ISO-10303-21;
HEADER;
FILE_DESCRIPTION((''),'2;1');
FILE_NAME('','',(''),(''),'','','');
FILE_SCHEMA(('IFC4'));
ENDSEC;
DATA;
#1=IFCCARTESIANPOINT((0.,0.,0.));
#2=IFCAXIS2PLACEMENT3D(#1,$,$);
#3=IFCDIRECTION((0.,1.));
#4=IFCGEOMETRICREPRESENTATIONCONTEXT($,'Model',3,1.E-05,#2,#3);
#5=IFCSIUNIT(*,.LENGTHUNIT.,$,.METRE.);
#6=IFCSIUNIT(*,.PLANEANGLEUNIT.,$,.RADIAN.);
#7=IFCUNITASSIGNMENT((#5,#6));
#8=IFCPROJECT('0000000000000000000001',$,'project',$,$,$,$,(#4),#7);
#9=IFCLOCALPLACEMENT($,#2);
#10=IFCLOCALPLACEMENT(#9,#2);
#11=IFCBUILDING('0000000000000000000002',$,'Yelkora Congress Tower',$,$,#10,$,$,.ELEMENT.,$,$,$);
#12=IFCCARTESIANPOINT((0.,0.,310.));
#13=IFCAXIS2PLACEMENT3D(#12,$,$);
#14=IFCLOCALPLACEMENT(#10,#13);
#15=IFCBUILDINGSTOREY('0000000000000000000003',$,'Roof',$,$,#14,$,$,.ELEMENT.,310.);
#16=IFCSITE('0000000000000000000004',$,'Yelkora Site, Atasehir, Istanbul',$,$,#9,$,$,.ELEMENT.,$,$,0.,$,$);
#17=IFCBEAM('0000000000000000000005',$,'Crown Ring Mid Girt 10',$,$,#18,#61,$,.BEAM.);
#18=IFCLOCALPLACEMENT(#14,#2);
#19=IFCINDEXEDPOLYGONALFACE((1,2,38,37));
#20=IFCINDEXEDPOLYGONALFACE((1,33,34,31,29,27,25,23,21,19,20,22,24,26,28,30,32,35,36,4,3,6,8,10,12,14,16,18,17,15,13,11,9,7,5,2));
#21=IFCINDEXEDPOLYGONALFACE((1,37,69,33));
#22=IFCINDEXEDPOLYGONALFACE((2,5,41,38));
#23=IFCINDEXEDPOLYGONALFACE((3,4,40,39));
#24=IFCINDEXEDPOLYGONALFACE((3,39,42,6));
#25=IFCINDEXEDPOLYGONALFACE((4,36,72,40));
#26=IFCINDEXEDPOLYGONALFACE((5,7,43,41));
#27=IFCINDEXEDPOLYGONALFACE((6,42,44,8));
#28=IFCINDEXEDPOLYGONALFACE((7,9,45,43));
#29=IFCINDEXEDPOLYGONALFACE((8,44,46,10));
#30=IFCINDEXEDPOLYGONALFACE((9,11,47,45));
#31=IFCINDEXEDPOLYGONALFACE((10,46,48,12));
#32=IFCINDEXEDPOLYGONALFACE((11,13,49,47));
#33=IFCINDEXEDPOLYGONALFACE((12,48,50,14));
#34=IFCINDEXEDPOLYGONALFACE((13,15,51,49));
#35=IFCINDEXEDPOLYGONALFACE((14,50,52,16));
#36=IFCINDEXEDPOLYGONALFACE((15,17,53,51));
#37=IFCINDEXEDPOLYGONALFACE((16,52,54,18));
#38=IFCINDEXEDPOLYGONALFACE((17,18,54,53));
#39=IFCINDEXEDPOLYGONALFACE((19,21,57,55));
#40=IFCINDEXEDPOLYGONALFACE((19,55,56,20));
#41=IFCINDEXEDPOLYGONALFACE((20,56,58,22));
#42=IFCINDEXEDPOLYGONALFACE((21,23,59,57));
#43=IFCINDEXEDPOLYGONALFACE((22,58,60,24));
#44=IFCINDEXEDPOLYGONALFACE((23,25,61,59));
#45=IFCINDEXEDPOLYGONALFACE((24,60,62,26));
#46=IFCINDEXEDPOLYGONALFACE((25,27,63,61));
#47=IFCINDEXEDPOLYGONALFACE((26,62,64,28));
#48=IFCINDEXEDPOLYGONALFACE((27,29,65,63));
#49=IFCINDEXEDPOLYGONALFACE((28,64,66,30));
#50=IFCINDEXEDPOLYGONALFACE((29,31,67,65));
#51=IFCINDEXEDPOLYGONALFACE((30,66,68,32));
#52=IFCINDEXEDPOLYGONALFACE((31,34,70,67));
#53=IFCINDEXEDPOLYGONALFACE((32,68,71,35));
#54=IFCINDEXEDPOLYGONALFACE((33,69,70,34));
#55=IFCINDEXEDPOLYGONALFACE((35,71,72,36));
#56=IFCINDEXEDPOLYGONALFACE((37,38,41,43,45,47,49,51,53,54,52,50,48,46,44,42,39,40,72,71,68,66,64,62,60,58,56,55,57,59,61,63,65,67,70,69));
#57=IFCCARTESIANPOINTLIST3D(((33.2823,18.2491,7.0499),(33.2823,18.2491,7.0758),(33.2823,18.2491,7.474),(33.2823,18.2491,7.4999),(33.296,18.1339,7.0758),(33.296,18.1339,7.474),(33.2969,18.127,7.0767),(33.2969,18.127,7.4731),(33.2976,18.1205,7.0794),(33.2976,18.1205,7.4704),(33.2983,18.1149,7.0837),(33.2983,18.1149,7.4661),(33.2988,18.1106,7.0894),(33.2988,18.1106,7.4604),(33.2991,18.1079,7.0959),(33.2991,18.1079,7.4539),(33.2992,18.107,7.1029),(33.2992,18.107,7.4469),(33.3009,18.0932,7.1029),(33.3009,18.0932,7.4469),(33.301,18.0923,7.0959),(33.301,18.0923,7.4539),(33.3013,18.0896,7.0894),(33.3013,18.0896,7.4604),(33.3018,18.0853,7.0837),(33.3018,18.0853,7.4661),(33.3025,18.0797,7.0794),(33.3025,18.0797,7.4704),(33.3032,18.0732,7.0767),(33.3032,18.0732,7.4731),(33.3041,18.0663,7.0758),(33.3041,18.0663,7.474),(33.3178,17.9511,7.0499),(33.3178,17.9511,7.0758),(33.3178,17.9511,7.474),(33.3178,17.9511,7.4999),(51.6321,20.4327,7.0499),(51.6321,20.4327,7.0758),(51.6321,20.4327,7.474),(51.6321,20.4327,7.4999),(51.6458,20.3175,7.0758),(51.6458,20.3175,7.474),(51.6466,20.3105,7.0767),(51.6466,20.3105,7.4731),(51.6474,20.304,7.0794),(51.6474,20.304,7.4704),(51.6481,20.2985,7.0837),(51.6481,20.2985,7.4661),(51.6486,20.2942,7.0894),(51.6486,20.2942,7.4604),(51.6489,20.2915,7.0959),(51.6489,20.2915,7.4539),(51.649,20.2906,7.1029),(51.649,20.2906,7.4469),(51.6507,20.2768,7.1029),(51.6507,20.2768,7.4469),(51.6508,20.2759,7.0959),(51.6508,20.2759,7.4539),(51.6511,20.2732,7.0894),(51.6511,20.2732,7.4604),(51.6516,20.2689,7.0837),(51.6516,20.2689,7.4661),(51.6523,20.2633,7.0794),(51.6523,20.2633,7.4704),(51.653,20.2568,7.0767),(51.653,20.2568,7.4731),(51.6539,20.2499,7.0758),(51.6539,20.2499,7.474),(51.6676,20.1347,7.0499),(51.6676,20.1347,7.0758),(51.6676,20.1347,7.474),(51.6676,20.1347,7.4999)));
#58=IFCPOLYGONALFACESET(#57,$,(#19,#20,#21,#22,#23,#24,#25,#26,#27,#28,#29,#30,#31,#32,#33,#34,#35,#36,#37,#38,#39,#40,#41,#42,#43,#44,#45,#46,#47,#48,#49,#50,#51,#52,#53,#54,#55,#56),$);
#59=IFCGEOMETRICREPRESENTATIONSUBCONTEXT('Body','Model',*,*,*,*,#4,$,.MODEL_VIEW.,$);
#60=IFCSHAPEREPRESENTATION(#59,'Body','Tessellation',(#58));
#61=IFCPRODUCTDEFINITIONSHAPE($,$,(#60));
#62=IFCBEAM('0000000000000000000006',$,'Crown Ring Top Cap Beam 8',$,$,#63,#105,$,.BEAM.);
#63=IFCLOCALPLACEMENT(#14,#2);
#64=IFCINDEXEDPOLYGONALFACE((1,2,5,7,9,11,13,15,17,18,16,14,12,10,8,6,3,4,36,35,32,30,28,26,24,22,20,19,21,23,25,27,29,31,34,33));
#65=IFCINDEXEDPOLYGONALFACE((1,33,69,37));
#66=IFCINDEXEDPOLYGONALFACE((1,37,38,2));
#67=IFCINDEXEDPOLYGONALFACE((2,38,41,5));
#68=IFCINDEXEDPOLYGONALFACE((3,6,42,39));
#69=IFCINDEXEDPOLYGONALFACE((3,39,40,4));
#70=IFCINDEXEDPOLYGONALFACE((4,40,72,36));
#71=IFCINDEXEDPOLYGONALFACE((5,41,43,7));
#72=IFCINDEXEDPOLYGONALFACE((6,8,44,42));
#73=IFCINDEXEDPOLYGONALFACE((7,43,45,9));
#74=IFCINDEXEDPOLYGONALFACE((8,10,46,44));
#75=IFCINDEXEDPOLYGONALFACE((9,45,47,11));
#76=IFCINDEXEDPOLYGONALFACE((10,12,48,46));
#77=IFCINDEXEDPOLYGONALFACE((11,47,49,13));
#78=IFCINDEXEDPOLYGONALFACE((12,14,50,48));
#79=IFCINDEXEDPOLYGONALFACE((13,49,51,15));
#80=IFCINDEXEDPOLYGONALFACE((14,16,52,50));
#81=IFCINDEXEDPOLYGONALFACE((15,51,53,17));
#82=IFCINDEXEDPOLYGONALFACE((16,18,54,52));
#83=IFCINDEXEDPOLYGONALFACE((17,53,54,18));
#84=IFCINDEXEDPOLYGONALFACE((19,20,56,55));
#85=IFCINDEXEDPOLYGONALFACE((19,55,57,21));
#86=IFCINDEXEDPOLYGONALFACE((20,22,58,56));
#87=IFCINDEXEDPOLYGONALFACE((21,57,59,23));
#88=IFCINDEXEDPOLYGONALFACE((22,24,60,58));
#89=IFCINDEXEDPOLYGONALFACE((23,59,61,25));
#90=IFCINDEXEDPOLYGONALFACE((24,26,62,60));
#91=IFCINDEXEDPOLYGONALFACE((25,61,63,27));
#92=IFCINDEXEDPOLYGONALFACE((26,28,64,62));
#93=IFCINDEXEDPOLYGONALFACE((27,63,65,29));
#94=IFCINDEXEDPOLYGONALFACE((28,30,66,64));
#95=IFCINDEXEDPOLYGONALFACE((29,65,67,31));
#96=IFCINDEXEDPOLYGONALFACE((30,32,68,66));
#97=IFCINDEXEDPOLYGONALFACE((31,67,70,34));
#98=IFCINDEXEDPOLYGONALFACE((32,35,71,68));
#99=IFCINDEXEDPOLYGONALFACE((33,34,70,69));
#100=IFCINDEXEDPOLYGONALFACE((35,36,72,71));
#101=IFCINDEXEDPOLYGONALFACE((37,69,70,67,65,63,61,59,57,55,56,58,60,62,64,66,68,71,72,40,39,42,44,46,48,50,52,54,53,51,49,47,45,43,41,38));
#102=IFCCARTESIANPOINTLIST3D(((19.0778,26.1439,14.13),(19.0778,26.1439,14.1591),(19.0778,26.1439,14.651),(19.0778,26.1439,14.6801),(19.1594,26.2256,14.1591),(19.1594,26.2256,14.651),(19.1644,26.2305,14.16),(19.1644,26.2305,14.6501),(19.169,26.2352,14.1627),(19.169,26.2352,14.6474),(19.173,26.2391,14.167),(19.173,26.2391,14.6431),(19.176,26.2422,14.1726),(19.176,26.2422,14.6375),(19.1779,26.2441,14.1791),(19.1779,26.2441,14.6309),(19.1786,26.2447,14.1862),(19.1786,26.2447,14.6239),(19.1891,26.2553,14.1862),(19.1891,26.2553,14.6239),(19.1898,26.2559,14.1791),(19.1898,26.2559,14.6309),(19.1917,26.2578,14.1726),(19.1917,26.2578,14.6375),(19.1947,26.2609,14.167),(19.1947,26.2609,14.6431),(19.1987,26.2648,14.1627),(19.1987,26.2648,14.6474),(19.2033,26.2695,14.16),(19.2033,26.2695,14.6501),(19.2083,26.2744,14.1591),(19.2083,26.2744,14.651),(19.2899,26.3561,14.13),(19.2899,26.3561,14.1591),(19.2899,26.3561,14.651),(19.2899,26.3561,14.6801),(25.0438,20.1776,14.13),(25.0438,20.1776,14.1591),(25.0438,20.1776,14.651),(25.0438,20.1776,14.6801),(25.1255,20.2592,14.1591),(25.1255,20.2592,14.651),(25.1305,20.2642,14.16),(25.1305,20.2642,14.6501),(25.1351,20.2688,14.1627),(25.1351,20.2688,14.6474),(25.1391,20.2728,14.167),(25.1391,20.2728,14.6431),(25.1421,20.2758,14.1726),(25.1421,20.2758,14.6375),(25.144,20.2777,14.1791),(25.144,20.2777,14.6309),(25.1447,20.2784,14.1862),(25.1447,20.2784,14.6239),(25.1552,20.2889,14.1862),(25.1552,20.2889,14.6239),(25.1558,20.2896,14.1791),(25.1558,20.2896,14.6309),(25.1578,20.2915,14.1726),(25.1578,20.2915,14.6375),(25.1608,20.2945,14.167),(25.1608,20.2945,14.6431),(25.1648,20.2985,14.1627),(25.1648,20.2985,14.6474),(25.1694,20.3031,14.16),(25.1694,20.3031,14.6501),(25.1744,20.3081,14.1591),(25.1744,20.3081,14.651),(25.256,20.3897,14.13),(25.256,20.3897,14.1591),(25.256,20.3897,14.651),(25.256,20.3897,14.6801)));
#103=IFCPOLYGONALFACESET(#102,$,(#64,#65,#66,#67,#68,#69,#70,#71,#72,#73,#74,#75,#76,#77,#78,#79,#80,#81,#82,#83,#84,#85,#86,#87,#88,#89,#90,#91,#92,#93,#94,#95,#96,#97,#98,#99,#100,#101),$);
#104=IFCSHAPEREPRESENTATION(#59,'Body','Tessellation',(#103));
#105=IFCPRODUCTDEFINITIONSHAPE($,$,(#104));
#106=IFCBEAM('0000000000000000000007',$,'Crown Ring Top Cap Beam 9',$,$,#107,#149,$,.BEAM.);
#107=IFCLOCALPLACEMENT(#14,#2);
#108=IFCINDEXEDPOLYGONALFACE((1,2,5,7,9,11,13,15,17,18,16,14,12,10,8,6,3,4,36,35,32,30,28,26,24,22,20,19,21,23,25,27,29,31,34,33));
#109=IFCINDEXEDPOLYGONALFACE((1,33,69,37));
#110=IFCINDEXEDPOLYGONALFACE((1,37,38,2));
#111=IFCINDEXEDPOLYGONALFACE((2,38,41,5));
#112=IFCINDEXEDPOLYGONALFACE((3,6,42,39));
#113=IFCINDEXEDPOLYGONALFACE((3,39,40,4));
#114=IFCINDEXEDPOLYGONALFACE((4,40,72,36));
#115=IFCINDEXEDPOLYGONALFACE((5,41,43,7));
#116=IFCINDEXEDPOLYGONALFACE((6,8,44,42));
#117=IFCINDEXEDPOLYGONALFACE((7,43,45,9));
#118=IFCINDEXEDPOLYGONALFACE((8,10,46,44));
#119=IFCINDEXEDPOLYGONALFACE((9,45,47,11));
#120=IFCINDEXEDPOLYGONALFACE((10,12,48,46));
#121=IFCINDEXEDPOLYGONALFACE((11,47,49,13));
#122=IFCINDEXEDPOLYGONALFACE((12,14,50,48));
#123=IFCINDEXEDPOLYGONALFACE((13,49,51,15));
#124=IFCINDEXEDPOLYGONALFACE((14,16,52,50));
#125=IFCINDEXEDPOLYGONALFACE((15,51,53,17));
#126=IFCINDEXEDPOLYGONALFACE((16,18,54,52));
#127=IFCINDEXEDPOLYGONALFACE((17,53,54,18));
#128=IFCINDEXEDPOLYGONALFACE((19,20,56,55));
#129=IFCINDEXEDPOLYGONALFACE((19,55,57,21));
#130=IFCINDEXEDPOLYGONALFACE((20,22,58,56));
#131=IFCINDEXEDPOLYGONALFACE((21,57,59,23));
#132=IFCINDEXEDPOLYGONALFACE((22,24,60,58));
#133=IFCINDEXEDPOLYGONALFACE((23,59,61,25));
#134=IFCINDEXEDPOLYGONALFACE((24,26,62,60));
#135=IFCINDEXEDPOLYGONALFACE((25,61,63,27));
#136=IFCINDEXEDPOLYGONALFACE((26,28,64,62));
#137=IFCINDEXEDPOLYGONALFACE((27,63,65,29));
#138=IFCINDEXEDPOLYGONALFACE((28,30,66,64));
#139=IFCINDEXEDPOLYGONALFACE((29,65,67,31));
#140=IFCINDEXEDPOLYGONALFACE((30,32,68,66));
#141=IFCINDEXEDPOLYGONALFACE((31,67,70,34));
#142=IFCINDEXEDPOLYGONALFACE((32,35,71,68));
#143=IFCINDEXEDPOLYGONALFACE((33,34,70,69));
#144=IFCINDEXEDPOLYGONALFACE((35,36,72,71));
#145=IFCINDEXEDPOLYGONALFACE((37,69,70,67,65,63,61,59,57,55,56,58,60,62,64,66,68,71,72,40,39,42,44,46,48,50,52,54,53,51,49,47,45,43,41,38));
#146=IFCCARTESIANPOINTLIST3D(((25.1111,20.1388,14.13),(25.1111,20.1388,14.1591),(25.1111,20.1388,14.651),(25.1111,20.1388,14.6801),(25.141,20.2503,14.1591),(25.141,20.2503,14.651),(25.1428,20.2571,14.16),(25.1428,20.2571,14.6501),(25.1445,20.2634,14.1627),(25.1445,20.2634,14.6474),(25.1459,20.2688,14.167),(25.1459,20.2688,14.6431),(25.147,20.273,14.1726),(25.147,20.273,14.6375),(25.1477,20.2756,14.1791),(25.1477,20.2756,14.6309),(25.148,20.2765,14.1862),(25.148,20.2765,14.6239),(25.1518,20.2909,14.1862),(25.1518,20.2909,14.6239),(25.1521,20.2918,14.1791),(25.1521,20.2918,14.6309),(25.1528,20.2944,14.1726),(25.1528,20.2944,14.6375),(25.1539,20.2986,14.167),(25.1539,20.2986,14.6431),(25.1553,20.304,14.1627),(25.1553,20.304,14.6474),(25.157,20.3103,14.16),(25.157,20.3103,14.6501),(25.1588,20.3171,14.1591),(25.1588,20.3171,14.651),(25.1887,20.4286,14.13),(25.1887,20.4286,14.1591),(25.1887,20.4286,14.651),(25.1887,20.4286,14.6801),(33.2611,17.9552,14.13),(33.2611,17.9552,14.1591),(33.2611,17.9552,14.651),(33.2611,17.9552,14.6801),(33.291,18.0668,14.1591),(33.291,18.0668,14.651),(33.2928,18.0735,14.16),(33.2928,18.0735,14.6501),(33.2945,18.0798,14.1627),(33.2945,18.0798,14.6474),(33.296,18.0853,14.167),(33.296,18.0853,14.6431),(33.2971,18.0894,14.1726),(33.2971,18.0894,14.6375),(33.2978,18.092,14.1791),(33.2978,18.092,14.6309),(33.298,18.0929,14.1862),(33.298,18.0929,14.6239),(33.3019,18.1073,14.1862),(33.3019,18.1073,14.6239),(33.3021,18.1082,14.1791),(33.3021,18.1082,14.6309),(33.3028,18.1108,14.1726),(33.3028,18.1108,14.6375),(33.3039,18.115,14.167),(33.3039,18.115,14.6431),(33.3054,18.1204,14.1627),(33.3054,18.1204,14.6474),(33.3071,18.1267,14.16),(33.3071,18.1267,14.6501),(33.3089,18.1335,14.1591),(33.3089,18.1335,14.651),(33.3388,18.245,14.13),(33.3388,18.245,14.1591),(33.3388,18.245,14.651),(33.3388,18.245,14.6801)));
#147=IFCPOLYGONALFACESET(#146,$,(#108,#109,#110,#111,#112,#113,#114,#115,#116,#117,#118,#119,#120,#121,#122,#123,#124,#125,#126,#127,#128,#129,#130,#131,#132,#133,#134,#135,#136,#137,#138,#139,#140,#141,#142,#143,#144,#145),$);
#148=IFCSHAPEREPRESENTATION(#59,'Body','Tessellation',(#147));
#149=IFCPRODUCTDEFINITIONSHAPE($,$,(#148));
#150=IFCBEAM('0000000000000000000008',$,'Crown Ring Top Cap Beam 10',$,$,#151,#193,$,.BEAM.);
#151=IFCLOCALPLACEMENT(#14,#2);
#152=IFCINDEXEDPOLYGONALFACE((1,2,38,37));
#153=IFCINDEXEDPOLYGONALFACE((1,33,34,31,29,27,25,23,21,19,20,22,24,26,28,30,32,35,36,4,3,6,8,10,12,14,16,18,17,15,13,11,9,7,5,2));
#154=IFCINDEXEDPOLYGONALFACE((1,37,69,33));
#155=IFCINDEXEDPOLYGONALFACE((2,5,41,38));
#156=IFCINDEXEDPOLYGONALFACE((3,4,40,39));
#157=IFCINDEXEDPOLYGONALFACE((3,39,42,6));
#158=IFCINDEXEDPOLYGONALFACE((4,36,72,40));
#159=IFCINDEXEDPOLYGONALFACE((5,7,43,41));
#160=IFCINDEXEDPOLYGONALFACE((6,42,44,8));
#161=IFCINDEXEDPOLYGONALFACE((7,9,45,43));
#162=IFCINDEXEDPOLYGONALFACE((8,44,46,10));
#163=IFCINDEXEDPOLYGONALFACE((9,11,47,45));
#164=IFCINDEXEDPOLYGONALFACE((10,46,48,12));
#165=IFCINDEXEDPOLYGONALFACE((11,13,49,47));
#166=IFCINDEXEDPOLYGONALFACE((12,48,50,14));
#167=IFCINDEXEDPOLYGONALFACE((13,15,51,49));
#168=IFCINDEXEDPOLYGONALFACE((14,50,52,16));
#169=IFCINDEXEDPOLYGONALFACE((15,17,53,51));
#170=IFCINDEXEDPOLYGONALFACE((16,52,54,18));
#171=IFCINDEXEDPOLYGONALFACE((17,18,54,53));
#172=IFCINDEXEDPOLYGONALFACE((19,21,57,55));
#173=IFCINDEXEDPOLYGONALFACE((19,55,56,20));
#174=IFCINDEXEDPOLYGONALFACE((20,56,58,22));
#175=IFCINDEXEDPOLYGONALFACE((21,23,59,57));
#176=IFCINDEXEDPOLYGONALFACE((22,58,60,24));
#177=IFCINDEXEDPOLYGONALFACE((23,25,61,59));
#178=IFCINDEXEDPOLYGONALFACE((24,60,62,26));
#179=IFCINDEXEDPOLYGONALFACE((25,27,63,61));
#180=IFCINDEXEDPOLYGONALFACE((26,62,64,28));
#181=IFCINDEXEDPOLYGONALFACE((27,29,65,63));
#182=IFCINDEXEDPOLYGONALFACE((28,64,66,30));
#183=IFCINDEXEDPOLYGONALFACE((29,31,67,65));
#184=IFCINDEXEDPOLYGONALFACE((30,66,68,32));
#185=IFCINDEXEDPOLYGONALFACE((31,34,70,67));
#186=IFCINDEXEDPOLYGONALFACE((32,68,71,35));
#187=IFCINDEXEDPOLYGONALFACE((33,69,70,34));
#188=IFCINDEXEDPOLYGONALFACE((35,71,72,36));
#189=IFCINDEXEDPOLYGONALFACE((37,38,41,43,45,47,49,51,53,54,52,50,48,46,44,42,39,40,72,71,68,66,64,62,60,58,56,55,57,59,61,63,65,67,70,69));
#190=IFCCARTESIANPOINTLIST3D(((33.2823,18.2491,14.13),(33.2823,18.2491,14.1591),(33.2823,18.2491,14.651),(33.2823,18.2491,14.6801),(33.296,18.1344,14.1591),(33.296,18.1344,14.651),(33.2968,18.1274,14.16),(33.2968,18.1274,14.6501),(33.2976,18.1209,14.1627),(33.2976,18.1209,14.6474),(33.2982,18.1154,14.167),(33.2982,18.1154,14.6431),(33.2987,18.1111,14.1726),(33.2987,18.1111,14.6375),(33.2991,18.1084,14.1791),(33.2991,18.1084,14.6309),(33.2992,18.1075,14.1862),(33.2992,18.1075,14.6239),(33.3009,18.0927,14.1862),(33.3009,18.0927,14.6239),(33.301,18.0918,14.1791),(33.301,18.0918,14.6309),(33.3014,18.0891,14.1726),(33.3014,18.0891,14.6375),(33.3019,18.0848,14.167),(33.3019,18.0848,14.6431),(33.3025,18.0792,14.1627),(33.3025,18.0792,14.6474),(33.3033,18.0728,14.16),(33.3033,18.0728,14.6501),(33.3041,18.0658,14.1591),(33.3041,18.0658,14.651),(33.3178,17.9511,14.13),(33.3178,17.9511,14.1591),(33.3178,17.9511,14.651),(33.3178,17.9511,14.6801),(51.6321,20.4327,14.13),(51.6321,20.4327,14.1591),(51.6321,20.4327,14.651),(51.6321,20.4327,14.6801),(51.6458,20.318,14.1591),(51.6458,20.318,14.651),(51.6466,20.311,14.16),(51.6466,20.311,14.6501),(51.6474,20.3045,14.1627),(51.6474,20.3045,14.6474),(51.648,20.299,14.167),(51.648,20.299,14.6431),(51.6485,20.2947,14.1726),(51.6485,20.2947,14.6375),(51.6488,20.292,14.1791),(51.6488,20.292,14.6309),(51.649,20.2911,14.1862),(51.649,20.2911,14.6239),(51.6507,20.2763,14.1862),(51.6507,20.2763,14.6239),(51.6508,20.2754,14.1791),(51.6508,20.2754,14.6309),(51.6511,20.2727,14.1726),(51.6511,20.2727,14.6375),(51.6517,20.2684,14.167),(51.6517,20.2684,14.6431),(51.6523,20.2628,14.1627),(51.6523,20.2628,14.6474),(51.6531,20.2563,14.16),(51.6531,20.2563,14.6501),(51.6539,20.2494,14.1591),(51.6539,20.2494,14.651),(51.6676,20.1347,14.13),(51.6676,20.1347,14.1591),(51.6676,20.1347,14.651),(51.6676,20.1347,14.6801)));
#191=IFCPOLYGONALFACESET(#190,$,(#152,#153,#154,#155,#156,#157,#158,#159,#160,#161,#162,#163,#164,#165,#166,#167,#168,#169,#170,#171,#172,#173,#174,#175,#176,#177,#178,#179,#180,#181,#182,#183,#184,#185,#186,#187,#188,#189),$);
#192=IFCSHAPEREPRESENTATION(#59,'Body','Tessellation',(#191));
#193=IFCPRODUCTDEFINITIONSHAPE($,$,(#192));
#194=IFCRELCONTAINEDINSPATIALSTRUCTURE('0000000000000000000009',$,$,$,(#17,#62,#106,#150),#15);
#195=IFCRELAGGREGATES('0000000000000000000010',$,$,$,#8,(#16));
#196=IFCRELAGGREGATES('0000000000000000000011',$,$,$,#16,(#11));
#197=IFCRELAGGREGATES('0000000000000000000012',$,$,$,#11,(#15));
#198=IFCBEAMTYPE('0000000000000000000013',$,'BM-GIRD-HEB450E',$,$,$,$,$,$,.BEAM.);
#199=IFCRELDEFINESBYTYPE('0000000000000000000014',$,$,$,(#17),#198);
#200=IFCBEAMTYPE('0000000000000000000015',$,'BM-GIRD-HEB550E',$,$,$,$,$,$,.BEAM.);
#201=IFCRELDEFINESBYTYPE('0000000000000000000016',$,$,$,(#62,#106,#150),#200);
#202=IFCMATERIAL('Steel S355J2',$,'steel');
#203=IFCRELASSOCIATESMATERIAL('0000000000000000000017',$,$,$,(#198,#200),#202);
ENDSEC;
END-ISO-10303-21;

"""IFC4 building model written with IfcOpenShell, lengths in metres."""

from ifc_helpers import new_model, si_unit, direction, frame, origin, origin_2d, place, context, subcontext, project, spatial, i_section, extrude, material, material_profile, profile_set, type_object, element, save


model = new_model("IFC4")

# Units and contexts
model_context = context("Model", 3, precision=1e-05, world=origin(), true_north=direction((0.0, 1.0)))
body_context = subcontext(model_context, "Body", "Model", "MODEL_VIEW")
ifc_project = project(units=[si_unit("LENGTHUNIT", "METRE"), si_unit("PLANEANGLEUNIT", "RADIAN")], contexts=[model_context])

# Site, building, storey
site_placement = place(None, origin())
site = spatial("IfcSite", under=ifc_project, at=site_placement, Name="Yelkora Site, Atasehir, Istanbul", CompositionType="ELEMENT", RefElevation=0.0)
building_placement = place(site_placement, origin())
building = spatial("IfcBuilding", under=site, at=building_placement, Name="Yelkora Congress Tower", CompositionType="ELEMENT")
storey_placement = place(building_placement, frame((0.0, 0.0, 310.0)))
storey = spatial("IfcBuildingStorey", under=building, at=storey_placement, Name="Roof", CompositionType="ELEMENT", Elevation=310.0)

# Shared definitions
ifc_material_1 = material(Name="Steel S355J2", Category="steel")

# Beams
ifc_material_profile_1 = material_profile(ifc_material_1, i_section(OverallWidth=0.3, OverallDepth=0.45, WebThickness=0.0139, FlangeThickness=0.0259, FilletRadius=0.0271, at=origin_2d()), Name="HEB 450")
ifc_profile_set_1 = profile_set([ifc_material_profile_1], Name="Steel S355J2")
beam_type_1 = type_object("IfcBeamType", Name="BM-GIRD-HEB450E", PredefinedType="BEAM", material=ifc_profile_set_1)
beam_1_placement = place(storey_placement, frame((33.3, 18.1001, 7.2749), z_axis=(0.992994, 0.118164, 0.0), x_axis=(-0.118164, 0.992994, 0.0)))
element("IfcBeam", 1, at=beam_1_placement, inside=storey, type_object=beam_type_1, Name="Crown Ring Mid Girt 10", PredefinedType="BEAM", context=body_context, shape_type="SweptSolid", body=[
    extrude(i_section(OverallWidth=0.3, OverallDepth=0.45, WebThickness=0.0139, FlangeThickness=0.0259, FilletRadius=0.0271, at=origin_2d()), origin(), (0.0, 0.0, 1.0), 18.4792),
])
ifc_material_profile_2 = material_profile(ifc_material_1, i_section(OverallWidth=0.3, OverallDepth=0.55, WebThickness=0.0149, FlangeThickness=0.0291, FilletRadius=0.0271, at=origin_2d()), Name="HEB 550")
ifc_profile_set_2 = profile_set([ifc_material_profile_2], Name="Steel S355J2")
beam_type_2 = type_object("IfcBeamType", Name="BM-GIRD-HEB550E", PredefinedType="BEAM", material=ifc_profile_set_2)
for number, where, z_axis, x_axis, name in (
    (2, (19.1838, 26.25, 14.405), (0.707092, -0.707121, 0.0), (0.707121, 0.707092, 0.0), "Crown Ring Top Cap Beam 8"),
    (3, (25.1499, 20.2837, 14.405), (0.965933, -0.258793, 0.0), (0.258793, 0.965933, 0.0), "Crown Ring Top Cap Beam 9"),
):
    element("IfcBeam", number, at=place(storey_placement, frame(where, z_axis=z_axis, x_axis=x_axis)), inside=storey, type_object=beam_type_2, Name=name, PredefinedType="BEAM", context=body_context, shape_type="SweptSolid", body=[
        extrude(i_section(OverallWidth=0.3, OverallDepth=0.55, WebThickness=0.0149, FlangeThickness=0.0291, FilletRadius=0.0271, at=origin_2d()), origin(), (0.0, 0.0, 1.0), 8.4375),
    ])
beam_2_placement = place(storey_placement, frame((33.3, 18.1001, 14.405), z_axis=(0.992994, 0.118164, 0.0), x_axis=(-0.118164, 0.992994, 0.0)))
element("IfcBeam", 4, at=beam_2_placement, inside=storey, type_object=beam_type_2, Name="Crown Ring Top Cap Beam 10", PredefinedType="BEAM", context=body_context, shape_type="SweptSolid", body=[
    extrude(i_section(OverallWidth=0.3, OverallDepth=0.55, WebThickness=0.0149, FlangeThickness=0.0291, FilletRadius=0.0271, at=origin_2d()), origin(), (0.0, 0.0, 1.0), 18.4792),
])

save(model, "model.ifc")
